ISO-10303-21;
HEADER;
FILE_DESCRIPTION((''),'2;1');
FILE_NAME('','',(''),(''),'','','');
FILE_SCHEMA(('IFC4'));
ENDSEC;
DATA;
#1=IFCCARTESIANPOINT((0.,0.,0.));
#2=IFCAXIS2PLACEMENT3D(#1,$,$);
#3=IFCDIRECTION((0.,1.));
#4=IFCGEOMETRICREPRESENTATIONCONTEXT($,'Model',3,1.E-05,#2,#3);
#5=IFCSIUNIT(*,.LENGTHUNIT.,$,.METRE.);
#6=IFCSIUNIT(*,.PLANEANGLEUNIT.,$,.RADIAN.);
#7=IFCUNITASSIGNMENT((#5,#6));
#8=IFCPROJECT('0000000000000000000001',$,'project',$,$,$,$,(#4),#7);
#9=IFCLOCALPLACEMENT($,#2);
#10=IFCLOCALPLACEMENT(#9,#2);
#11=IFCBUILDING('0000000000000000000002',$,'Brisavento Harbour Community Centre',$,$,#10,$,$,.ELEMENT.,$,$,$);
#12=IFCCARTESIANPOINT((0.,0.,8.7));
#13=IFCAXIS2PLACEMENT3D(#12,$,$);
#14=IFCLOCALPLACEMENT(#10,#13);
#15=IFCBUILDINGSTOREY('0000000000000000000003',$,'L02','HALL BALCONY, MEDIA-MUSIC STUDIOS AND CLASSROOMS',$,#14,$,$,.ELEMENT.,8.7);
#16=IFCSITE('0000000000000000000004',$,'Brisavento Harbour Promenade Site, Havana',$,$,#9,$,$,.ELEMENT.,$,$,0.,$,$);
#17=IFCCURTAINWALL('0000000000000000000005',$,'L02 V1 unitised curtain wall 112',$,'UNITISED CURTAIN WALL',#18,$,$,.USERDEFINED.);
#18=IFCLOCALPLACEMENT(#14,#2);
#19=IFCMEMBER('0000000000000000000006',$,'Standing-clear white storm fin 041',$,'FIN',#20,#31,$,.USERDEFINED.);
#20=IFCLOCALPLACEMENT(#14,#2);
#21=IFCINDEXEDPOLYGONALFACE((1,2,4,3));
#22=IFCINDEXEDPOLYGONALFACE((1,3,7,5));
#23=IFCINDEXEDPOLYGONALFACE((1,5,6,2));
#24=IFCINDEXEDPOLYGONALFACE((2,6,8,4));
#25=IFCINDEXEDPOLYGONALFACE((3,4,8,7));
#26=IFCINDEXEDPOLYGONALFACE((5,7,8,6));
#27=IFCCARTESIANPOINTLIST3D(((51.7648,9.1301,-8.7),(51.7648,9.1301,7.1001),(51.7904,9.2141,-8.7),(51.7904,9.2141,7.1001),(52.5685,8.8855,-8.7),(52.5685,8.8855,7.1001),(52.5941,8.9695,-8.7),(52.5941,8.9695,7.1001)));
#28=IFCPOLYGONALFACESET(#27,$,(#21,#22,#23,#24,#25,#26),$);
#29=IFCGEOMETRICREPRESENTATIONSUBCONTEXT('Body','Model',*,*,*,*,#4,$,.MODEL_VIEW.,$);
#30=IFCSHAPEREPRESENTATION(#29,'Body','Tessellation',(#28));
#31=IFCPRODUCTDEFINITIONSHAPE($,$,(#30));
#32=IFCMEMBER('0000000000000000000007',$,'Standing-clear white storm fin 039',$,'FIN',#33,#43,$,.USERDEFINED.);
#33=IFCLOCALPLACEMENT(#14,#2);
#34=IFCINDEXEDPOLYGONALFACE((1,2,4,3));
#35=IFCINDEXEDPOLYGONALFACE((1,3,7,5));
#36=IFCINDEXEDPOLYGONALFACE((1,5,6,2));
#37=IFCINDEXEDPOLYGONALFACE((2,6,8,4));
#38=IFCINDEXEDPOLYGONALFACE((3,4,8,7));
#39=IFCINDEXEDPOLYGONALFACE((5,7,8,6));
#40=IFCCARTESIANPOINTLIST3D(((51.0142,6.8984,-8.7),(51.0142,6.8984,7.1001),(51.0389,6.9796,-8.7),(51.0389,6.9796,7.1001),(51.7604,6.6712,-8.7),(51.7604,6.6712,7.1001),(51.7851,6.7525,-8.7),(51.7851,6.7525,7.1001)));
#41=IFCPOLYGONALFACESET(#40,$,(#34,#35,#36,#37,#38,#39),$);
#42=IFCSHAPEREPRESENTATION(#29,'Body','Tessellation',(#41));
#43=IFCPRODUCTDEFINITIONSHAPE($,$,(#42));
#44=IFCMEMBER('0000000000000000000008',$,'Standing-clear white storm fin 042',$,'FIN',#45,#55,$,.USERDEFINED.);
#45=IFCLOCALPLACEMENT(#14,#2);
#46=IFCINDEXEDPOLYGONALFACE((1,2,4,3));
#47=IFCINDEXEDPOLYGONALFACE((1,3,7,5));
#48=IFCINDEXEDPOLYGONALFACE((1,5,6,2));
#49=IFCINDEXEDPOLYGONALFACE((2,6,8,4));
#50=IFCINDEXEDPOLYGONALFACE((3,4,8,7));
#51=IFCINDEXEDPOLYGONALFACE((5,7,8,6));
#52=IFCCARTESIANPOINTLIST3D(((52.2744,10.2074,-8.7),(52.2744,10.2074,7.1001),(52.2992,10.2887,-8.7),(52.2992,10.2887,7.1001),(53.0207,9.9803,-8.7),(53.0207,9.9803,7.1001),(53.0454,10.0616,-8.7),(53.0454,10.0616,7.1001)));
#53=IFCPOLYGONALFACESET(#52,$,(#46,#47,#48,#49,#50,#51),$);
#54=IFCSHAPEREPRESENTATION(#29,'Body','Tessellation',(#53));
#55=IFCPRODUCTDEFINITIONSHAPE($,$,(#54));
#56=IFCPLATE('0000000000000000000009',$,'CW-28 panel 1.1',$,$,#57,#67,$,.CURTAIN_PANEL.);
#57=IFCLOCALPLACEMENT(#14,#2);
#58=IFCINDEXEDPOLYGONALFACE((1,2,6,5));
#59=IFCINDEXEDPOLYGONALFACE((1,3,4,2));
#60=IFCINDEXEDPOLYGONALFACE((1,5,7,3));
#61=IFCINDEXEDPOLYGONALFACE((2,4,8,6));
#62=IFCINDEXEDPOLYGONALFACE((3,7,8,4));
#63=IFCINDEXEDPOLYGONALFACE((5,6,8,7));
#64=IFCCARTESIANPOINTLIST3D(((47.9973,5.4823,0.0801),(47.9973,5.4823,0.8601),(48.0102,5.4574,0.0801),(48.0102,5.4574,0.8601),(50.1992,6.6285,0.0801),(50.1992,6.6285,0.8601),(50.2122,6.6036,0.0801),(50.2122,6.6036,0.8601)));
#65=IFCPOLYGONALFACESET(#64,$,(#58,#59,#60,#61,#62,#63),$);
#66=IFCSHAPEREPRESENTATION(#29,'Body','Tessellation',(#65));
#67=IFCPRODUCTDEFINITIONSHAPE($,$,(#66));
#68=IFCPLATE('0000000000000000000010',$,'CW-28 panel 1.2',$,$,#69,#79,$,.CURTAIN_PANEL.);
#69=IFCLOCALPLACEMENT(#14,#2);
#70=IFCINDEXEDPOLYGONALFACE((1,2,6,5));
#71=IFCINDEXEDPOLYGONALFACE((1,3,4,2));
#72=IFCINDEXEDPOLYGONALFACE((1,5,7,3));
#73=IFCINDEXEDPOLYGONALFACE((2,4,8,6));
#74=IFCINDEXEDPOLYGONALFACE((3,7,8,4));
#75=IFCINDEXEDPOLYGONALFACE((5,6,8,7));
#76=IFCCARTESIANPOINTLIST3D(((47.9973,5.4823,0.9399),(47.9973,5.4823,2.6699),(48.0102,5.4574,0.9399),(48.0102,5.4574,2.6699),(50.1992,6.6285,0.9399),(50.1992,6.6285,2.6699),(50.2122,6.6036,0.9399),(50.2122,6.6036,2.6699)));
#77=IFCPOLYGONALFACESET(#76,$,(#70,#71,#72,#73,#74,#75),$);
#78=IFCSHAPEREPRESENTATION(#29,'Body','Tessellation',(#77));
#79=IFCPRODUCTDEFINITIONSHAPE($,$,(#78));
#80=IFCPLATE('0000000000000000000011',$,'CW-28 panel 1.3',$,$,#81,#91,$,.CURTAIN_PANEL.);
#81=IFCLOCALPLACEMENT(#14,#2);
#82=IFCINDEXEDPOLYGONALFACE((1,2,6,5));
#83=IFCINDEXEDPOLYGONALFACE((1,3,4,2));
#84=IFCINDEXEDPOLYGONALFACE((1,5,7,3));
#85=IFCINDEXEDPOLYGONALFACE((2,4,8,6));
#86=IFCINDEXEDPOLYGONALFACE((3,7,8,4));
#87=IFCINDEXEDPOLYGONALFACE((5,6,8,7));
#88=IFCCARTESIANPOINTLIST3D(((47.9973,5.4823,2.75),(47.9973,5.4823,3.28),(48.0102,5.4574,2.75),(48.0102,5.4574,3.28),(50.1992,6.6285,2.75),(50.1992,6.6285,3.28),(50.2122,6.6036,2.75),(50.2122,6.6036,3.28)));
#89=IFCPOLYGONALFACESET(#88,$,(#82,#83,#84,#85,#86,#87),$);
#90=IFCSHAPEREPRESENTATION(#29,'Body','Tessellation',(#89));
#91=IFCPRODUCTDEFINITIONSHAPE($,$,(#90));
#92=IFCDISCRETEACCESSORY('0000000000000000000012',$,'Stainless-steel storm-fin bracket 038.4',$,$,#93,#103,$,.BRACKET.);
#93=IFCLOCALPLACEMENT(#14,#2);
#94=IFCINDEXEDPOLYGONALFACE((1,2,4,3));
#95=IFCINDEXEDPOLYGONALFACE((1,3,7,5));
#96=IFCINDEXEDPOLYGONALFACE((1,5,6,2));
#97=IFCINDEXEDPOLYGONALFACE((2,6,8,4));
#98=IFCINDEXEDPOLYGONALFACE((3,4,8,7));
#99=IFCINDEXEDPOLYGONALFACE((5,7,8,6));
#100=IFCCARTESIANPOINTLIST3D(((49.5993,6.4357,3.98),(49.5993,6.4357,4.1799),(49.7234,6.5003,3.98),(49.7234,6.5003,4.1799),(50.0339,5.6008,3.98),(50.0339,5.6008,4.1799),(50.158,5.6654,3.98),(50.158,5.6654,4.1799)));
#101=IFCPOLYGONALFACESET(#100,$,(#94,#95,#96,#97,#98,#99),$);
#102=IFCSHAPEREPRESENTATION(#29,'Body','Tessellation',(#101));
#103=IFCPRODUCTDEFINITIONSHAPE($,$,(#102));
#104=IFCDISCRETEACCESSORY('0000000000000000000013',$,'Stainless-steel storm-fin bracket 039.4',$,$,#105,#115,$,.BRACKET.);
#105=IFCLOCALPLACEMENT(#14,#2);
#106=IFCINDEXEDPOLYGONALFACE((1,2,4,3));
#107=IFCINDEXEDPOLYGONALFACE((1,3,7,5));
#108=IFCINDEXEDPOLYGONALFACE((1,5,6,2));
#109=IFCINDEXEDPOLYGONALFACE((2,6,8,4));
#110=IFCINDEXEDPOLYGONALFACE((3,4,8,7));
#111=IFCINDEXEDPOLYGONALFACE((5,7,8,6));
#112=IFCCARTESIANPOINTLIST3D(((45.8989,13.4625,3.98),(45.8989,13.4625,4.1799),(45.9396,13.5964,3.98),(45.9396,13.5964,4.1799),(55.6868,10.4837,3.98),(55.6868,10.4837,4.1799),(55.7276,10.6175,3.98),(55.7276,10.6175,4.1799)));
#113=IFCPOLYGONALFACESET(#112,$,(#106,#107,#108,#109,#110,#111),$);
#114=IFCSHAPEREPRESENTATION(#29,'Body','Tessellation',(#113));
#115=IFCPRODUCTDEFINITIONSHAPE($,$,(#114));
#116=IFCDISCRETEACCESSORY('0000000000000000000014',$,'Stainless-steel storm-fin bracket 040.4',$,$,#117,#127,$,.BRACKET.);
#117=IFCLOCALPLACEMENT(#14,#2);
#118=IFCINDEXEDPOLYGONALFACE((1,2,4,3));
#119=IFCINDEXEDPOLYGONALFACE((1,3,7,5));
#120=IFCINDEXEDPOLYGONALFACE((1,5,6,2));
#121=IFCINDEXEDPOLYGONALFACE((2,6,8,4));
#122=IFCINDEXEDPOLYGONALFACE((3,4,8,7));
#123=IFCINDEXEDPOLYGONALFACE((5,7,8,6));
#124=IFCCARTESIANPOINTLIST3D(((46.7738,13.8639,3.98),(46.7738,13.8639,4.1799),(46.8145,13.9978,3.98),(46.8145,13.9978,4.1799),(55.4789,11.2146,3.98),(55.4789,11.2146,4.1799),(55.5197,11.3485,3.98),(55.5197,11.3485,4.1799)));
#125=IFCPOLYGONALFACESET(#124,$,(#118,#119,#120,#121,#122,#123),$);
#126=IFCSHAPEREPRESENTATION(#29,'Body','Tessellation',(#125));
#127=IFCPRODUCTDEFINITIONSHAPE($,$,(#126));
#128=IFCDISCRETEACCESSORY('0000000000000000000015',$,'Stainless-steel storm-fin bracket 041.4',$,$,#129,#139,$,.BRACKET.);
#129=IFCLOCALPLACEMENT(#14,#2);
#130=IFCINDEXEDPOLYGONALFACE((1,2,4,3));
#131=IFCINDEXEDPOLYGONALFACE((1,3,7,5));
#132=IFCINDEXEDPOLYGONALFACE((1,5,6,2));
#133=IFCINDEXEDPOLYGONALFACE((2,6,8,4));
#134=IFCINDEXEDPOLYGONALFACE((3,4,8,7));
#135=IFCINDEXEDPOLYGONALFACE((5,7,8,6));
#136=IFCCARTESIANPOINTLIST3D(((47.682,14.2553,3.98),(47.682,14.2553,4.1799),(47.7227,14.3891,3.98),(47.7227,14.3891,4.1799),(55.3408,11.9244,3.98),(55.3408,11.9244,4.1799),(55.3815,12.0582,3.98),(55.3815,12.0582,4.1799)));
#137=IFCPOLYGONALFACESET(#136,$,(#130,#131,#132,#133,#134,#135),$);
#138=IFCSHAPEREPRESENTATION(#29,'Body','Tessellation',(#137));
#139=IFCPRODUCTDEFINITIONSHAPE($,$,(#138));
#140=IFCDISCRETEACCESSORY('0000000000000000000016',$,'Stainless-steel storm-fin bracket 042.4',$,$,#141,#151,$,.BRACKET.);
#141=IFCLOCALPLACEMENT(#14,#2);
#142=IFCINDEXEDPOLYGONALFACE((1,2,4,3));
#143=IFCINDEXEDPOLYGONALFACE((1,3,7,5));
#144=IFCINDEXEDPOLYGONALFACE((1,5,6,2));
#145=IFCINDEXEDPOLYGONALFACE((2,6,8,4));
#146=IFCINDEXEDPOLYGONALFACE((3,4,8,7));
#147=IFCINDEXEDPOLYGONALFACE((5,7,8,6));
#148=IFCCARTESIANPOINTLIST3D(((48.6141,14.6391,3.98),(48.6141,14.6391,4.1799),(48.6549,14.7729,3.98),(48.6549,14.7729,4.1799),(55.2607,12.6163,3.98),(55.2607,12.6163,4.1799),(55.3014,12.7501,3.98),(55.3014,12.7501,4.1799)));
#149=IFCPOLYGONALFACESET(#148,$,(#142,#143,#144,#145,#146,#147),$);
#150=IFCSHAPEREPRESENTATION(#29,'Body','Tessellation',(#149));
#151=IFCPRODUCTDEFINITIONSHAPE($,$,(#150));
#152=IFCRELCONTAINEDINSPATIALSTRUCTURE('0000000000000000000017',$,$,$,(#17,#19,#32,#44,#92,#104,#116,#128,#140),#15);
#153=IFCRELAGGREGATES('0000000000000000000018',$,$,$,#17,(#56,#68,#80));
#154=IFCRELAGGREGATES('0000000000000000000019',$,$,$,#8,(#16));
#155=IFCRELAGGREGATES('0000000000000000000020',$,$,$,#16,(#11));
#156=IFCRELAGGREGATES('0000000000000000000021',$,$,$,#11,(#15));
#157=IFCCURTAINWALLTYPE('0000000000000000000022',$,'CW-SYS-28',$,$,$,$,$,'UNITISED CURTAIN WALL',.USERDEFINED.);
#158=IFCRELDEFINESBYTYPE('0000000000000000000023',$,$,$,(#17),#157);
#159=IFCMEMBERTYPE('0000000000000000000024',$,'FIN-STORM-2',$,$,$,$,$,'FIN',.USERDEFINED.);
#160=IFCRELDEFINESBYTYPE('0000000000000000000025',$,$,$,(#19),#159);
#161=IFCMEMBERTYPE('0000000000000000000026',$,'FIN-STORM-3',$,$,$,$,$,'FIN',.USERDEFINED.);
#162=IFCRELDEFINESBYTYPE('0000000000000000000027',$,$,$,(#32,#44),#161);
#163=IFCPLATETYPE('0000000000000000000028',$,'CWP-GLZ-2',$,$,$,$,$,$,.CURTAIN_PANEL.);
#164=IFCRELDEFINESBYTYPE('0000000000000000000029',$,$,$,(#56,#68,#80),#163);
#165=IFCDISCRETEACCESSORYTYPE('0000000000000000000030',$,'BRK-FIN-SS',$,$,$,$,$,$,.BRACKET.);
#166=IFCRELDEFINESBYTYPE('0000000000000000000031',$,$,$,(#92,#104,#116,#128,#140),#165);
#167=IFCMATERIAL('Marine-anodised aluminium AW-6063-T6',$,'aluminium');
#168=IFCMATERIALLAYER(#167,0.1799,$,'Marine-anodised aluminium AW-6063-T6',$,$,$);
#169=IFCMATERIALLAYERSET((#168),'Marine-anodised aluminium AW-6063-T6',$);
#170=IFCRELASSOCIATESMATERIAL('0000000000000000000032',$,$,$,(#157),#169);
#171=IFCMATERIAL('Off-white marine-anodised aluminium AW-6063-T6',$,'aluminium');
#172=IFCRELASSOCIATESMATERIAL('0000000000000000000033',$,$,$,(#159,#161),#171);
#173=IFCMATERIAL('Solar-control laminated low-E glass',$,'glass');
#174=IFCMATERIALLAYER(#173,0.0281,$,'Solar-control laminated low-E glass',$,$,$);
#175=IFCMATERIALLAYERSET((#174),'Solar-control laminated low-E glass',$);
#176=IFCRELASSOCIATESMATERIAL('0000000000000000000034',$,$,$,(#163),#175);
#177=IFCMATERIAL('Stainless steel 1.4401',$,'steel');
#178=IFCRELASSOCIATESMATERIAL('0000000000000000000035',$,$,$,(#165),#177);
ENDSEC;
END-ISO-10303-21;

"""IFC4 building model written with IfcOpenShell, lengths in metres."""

from ifc_helpers import new_model, si_unit, direction, frame, origin, origin_2d, place, context, subcontext, project, spatial, rectangle, extrude, material, layer, layer_set, material_profile, profile_set, type_object, element, aggregate, save


model = new_model("IFC4")

# Units and contexts
model_context = context("Model", 3, precision=1e-05, world=origin(), true_north=direction((0.0, 1.0)))
body_context = subcontext(model_context, "Body", "Model", "MODEL_VIEW")
ifc_project = project(units=[si_unit("LENGTHUNIT", "METRE"), si_unit("PLANEANGLEUNIT", "RADIAN")], contexts=[model_context])

# Site, building, storey
site_placement = place(None, origin())
site = spatial("IfcSite", under=ifc_project, at=site_placement, Name="Brisavento Harbour Promenade Site, Havana", CompositionType="ELEMENT", RefElevation=0.0)
building_placement = place(site_placement, origin())
building = spatial("IfcBuilding", under=site, at=building_placement, Name="Brisavento Harbour Community Centre", CompositionType="ELEMENT")
storey_placement = place(building_placement, frame((0.0, 0.0, 8.7)))
storey = spatial("IfcBuildingStorey", under=building, at=storey_placement, Name="L02", Description="HALL BALCONY, MEDIA-MUSIC STUDIOS AND CLASSROOMS", CompositionType="ELEMENT", Elevation=8.7)

# Curtain wall
ifc_material_1 = material(Name="Marine-anodised aluminium AW-6063-T6", Category="aluminium")
ifc_layer_1 = layer(ifc_material_1, 0.1799, Name="Marine-anodised aluminium AW-6063-T6")
ifc_layer_set_1 = layer_set([ifc_layer_1], Name="Marine-anodised aluminium AW-6063-T6")
curtain_wall_type = type_object("IfcCurtainWallType", Name="CW-SYS-28", ElementType="UNITISED CURTAIN WALL", PredefinedType="USERDEFINED", material=ifc_layer_set_1)
curtain_wall_placement = place(storey_placement, origin())
curtain_wall = element("IfcCurtainWall", 1, at=curtain_wall_placement, inside=storey, type_object=curtain_wall_type, Name="L02 V1 unitised curtain wall 112", ObjectType="UNITISED CURTAIN WALL", PredefinedType="USERDEFINED")

# Members
ifc_material_2 = material(Name="Off-white marine-anodised aluminium AW-6063-T6", Category="aluminium")
ifc_material_profile_1 = material_profile(ifc_material_2, rectangle(XDim=0.0879, YDim=0.8401, at=origin_2d()), Name="Off-white marine-anodised aluminium AW-6063-T6")
ifc_profile_set_1 = profile_set([ifc_material_profile_1], Name="Off-white marine-anodised aluminium AW-6063-T6")
member_type_1 = type_object("IfcMemberType", Name="FIN-STORM-2", ElementType="FIN", PredefinedType="USERDEFINED", material=ifc_profile_set_1)
member_1_placement = place(storey_placement, frame((52.1794, 9.0498, -8.7), z_axis=(0.0, 0.0, 1.0), x_axis=(-0.291153, -0.956676, 0.0)))
element("IfcMember", 2, at=member_1_placement, inside=storey, type_object=member_type_1, Name="Standing-clear white storm fin 041", ObjectType="FIN", PredefinedType="USERDEFINED", context=body_context, shape_type="SweptSolid", body=[
    extrude(rectangle(XDim=0.0879, YDim=0.8401, at=origin_2d()), origin(), (0.0, 0.0, 1.0), 15.8),
])
ifc_material_profile_2 = material_profile(ifc_material_2, rectangle(XDim=0.085, YDim=0.78, at=origin_2d()), Name="Off-white marine-anodised aluminium AW-6063-T6")
ifc_profile_set_2 = profile_set([ifc_material_profile_2], Name="Off-white marine-anodised aluminium AW-6063-T6")
member_type_2 = type_object("IfcMemberType", Name="FIN-STORM-3", ElementType="FIN", PredefinedType="USERDEFINED", material=ifc_profile_set_2)
for number, where, z_axis, x_axis, name in (
    (3, (51.3997, 6.8254, -8.7), (0.0, 0.0, 1.0), (-0.291153, -0.956676, 0.0), "Standing-clear white storm fin 039"),
    (4, (52.6599, 10.1345, -8.7), (0.0, 0.0, 1.0), (-0.291153, -0.956676, 0.0), "Standing-clear white storm fin 042"),
):
    element("IfcMember", number, at=place(storey_placement, frame(where, z_axis=z_axis, x_axis=x_axis)), inside=storey, type_object=member_type_2, Name=name, ObjectType="FIN", PredefinedType="USERDEFINED", context=body_context, shape_type="SweptSolid", body=[
        extrude(rectangle(XDim=0.085, YDim=0.78, at=origin_2d()), origin(), (0.0, 0.0, 1.0), 15.8),
    ])

# Plates
ifc_material_3 = material(Name="Solar-control laminated low-E glass", Category="glass")
ifc_layer_2 = layer(ifc_material_3, 0.0281, Name="Solar-control laminated low-E glass")
ifc_layer_set_2 = layer_set([ifc_layer_2], Name="Solar-control laminated low-E glass")
plate_type = type_object("IfcPlateType", Name="CWP-GLZ-2", PredefinedType="CURTAIN_PANEL", material=ifc_layer_set_2)
plate_1_placement = place(storey_placement, frame((49.1047, 6.043, 0.0801), z_axis=(0.0, 0.0, 1.0), x_axis=(-0.88702, -0.461732, 0.0)))
plate_1 = element("IfcPlate", 5, at=plate_1_placement, type_object=plate_type, Name="CW-28 panel 1.1", PredefinedType="CURTAIN_PANEL", context=body_context, shape_type="SweptSolid", body=[
    extrude(rectangle(XDim=2.4824, YDim=0.0281, at=origin_2d()), origin(), (0.0, 0.0, 1.0), 0.78),
])
plate_2_placement = place(storey_placement, frame((49.1047, 6.043, 0.9399), z_axis=(0.0, 0.0, 1.0), x_axis=(-0.88702, -0.461732, 0.0)))
plate_2 = element("IfcPlate", 6, at=plate_2_placement, type_object=plate_type, Name="CW-28 panel 1.2", PredefinedType="CURTAIN_PANEL", context=body_context, shape_type="SweptSolid", body=[
    extrude(rectangle(XDim=2.4824, YDim=0.0281, at=origin_2d()), origin(), (0.0, 0.0, 1.0), 1.73),
])
plate_3_placement = place(storey_placement, frame((49.1047, 6.043, 2.75), z_axis=(0.0, 0.0, 1.0), x_axis=(-0.88702, -0.461732, 0.0)))
plate_3 = element("IfcPlate", 7, at=plate_3_placement, type_object=plate_type, Name="CW-28 panel 1.3", PredefinedType="CURTAIN_PANEL", context=body_context, shape_type="SweptSolid", body=[
    extrude(rectangle(XDim=2.4824, YDim=0.0281, at=origin_2d()), origin(), (0.0, 0.0, 1.0), 0.53),
])
aggregate(curtain_wall, [plate_1, plate_2, plate_3])

# Discrete accessories
ifc_material_4 = material(Name="Stainless steel 1.4401", Category="steel")
discrete_accessory_type = type_object("IfcDiscreteAccessoryType", Name="BRK-FIN-SS", PredefinedType="BRACKET", material=ifc_material_4)
discrete_accessory_1_placement = place(storey_placement, frame((49.8787, 6.0505, 3.98), z_axis=(0.0, 0.0, 1.0), x_axis=(0.461702, -0.887035, 0.0)))
element("IfcDiscreteAccessory", 8, at=discrete_accessory_1_placement, inside=storey, type_object=discrete_accessory_type, Name="Stainless-steel storm-fin bracket 038.4", PredefinedType="BRACKET", context=body_context, shape_type="SweptSolid", body=[
    extrude(rectangle(XDim=0.9412, YDim=0.1399, at=origin_2d()), origin(), (0.0, 0.0, 1.0), 0.2),
])
discrete_accessory_2_placement = place(storey_placement, frame((50.8132, 12.04, 3.98), z_axis=(0.0, 0.0, 1.0), x_axis=(0.956676, -0.291153, 0.0)))
element("IfcDiscreteAccessory", 9, at=discrete_accessory_2_placement, inside=storey, type_object=discrete_accessory_type, Name="Stainless-steel storm-fin bracket 039.4", PredefinedType="BRACKET", context=body_context, shape_type="SweptSolid", body=[
    extrude(rectangle(XDim=10.2312, YDim=0.1399, at=origin_2d()), origin(), (0.0, 0.0, 1.0), 0.2),
])
discrete_accessory_3_placement = place(storey_placement, frame((51.1467, 12.6062, 3.98), z_axis=(0.0, 0.0, 1.0), x_axis=(0.956676, -0.291153, 0.0)))
element("IfcDiscreteAccessory", 10, at=discrete_accessory_3_placement, inside=storey, type_object=discrete_accessory_type, Name="Stainless-steel storm-fin bracket 040.4", PredefinedType="BRACKET", context=body_context, shape_type="SweptSolid", body=[
    extrude(rectangle(XDim=9.0994, YDim=0.1399, at=origin_2d()), origin(), (0.0, 0.0, 1.0), 0.2),
])
discrete_accessory_4_placement = place(storey_placement, frame((51.5317, 13.1567, 3.98), z_axis=(0.0, 0.0, 1.0), x_axis=(0.956676, -0.291153, 0.0)))
element("IfcDiscreteAccessory", 11, at=discrete_accessory_4_placement, inside=storey, type_object=discrete_accessory_type, Name="Stainless-steel storm-fin bracket 041.4", PredefinedType="BRACKET", context=body_context, shape_type="SweptSolid", body=[
    extrude(rectangle(XDim=8.0056, YDim=0.1399, at=origin_2d()), origin(), (0.0, 0.0, 1.0), 0.2),
])
discrete_accessory_5_placement = place(storey_placement, frame((51.9578, 13.6946, 3.98), z_axis=(0.0, 0.0, 1.0), x_axis=(0.956676, -0.291153, 0.0)))
element("IfcDiscreteAccessory", 12, at=discrete_accessory_5_placement, inside=storey, type_object=discrete_accessory_type, Name="Stainless-steel storm-fin bracket 042.4", PredefinedType="BRACKET", context=body_context, shape_type="SweptSolid", body=[
    extrude(rectangle(XDim=6.9475, YDim=0.1399, at=origin_2d()), origin(), (0.0, 0.0, 1.0), 0.2),
])

save(model, "model.ifc")
